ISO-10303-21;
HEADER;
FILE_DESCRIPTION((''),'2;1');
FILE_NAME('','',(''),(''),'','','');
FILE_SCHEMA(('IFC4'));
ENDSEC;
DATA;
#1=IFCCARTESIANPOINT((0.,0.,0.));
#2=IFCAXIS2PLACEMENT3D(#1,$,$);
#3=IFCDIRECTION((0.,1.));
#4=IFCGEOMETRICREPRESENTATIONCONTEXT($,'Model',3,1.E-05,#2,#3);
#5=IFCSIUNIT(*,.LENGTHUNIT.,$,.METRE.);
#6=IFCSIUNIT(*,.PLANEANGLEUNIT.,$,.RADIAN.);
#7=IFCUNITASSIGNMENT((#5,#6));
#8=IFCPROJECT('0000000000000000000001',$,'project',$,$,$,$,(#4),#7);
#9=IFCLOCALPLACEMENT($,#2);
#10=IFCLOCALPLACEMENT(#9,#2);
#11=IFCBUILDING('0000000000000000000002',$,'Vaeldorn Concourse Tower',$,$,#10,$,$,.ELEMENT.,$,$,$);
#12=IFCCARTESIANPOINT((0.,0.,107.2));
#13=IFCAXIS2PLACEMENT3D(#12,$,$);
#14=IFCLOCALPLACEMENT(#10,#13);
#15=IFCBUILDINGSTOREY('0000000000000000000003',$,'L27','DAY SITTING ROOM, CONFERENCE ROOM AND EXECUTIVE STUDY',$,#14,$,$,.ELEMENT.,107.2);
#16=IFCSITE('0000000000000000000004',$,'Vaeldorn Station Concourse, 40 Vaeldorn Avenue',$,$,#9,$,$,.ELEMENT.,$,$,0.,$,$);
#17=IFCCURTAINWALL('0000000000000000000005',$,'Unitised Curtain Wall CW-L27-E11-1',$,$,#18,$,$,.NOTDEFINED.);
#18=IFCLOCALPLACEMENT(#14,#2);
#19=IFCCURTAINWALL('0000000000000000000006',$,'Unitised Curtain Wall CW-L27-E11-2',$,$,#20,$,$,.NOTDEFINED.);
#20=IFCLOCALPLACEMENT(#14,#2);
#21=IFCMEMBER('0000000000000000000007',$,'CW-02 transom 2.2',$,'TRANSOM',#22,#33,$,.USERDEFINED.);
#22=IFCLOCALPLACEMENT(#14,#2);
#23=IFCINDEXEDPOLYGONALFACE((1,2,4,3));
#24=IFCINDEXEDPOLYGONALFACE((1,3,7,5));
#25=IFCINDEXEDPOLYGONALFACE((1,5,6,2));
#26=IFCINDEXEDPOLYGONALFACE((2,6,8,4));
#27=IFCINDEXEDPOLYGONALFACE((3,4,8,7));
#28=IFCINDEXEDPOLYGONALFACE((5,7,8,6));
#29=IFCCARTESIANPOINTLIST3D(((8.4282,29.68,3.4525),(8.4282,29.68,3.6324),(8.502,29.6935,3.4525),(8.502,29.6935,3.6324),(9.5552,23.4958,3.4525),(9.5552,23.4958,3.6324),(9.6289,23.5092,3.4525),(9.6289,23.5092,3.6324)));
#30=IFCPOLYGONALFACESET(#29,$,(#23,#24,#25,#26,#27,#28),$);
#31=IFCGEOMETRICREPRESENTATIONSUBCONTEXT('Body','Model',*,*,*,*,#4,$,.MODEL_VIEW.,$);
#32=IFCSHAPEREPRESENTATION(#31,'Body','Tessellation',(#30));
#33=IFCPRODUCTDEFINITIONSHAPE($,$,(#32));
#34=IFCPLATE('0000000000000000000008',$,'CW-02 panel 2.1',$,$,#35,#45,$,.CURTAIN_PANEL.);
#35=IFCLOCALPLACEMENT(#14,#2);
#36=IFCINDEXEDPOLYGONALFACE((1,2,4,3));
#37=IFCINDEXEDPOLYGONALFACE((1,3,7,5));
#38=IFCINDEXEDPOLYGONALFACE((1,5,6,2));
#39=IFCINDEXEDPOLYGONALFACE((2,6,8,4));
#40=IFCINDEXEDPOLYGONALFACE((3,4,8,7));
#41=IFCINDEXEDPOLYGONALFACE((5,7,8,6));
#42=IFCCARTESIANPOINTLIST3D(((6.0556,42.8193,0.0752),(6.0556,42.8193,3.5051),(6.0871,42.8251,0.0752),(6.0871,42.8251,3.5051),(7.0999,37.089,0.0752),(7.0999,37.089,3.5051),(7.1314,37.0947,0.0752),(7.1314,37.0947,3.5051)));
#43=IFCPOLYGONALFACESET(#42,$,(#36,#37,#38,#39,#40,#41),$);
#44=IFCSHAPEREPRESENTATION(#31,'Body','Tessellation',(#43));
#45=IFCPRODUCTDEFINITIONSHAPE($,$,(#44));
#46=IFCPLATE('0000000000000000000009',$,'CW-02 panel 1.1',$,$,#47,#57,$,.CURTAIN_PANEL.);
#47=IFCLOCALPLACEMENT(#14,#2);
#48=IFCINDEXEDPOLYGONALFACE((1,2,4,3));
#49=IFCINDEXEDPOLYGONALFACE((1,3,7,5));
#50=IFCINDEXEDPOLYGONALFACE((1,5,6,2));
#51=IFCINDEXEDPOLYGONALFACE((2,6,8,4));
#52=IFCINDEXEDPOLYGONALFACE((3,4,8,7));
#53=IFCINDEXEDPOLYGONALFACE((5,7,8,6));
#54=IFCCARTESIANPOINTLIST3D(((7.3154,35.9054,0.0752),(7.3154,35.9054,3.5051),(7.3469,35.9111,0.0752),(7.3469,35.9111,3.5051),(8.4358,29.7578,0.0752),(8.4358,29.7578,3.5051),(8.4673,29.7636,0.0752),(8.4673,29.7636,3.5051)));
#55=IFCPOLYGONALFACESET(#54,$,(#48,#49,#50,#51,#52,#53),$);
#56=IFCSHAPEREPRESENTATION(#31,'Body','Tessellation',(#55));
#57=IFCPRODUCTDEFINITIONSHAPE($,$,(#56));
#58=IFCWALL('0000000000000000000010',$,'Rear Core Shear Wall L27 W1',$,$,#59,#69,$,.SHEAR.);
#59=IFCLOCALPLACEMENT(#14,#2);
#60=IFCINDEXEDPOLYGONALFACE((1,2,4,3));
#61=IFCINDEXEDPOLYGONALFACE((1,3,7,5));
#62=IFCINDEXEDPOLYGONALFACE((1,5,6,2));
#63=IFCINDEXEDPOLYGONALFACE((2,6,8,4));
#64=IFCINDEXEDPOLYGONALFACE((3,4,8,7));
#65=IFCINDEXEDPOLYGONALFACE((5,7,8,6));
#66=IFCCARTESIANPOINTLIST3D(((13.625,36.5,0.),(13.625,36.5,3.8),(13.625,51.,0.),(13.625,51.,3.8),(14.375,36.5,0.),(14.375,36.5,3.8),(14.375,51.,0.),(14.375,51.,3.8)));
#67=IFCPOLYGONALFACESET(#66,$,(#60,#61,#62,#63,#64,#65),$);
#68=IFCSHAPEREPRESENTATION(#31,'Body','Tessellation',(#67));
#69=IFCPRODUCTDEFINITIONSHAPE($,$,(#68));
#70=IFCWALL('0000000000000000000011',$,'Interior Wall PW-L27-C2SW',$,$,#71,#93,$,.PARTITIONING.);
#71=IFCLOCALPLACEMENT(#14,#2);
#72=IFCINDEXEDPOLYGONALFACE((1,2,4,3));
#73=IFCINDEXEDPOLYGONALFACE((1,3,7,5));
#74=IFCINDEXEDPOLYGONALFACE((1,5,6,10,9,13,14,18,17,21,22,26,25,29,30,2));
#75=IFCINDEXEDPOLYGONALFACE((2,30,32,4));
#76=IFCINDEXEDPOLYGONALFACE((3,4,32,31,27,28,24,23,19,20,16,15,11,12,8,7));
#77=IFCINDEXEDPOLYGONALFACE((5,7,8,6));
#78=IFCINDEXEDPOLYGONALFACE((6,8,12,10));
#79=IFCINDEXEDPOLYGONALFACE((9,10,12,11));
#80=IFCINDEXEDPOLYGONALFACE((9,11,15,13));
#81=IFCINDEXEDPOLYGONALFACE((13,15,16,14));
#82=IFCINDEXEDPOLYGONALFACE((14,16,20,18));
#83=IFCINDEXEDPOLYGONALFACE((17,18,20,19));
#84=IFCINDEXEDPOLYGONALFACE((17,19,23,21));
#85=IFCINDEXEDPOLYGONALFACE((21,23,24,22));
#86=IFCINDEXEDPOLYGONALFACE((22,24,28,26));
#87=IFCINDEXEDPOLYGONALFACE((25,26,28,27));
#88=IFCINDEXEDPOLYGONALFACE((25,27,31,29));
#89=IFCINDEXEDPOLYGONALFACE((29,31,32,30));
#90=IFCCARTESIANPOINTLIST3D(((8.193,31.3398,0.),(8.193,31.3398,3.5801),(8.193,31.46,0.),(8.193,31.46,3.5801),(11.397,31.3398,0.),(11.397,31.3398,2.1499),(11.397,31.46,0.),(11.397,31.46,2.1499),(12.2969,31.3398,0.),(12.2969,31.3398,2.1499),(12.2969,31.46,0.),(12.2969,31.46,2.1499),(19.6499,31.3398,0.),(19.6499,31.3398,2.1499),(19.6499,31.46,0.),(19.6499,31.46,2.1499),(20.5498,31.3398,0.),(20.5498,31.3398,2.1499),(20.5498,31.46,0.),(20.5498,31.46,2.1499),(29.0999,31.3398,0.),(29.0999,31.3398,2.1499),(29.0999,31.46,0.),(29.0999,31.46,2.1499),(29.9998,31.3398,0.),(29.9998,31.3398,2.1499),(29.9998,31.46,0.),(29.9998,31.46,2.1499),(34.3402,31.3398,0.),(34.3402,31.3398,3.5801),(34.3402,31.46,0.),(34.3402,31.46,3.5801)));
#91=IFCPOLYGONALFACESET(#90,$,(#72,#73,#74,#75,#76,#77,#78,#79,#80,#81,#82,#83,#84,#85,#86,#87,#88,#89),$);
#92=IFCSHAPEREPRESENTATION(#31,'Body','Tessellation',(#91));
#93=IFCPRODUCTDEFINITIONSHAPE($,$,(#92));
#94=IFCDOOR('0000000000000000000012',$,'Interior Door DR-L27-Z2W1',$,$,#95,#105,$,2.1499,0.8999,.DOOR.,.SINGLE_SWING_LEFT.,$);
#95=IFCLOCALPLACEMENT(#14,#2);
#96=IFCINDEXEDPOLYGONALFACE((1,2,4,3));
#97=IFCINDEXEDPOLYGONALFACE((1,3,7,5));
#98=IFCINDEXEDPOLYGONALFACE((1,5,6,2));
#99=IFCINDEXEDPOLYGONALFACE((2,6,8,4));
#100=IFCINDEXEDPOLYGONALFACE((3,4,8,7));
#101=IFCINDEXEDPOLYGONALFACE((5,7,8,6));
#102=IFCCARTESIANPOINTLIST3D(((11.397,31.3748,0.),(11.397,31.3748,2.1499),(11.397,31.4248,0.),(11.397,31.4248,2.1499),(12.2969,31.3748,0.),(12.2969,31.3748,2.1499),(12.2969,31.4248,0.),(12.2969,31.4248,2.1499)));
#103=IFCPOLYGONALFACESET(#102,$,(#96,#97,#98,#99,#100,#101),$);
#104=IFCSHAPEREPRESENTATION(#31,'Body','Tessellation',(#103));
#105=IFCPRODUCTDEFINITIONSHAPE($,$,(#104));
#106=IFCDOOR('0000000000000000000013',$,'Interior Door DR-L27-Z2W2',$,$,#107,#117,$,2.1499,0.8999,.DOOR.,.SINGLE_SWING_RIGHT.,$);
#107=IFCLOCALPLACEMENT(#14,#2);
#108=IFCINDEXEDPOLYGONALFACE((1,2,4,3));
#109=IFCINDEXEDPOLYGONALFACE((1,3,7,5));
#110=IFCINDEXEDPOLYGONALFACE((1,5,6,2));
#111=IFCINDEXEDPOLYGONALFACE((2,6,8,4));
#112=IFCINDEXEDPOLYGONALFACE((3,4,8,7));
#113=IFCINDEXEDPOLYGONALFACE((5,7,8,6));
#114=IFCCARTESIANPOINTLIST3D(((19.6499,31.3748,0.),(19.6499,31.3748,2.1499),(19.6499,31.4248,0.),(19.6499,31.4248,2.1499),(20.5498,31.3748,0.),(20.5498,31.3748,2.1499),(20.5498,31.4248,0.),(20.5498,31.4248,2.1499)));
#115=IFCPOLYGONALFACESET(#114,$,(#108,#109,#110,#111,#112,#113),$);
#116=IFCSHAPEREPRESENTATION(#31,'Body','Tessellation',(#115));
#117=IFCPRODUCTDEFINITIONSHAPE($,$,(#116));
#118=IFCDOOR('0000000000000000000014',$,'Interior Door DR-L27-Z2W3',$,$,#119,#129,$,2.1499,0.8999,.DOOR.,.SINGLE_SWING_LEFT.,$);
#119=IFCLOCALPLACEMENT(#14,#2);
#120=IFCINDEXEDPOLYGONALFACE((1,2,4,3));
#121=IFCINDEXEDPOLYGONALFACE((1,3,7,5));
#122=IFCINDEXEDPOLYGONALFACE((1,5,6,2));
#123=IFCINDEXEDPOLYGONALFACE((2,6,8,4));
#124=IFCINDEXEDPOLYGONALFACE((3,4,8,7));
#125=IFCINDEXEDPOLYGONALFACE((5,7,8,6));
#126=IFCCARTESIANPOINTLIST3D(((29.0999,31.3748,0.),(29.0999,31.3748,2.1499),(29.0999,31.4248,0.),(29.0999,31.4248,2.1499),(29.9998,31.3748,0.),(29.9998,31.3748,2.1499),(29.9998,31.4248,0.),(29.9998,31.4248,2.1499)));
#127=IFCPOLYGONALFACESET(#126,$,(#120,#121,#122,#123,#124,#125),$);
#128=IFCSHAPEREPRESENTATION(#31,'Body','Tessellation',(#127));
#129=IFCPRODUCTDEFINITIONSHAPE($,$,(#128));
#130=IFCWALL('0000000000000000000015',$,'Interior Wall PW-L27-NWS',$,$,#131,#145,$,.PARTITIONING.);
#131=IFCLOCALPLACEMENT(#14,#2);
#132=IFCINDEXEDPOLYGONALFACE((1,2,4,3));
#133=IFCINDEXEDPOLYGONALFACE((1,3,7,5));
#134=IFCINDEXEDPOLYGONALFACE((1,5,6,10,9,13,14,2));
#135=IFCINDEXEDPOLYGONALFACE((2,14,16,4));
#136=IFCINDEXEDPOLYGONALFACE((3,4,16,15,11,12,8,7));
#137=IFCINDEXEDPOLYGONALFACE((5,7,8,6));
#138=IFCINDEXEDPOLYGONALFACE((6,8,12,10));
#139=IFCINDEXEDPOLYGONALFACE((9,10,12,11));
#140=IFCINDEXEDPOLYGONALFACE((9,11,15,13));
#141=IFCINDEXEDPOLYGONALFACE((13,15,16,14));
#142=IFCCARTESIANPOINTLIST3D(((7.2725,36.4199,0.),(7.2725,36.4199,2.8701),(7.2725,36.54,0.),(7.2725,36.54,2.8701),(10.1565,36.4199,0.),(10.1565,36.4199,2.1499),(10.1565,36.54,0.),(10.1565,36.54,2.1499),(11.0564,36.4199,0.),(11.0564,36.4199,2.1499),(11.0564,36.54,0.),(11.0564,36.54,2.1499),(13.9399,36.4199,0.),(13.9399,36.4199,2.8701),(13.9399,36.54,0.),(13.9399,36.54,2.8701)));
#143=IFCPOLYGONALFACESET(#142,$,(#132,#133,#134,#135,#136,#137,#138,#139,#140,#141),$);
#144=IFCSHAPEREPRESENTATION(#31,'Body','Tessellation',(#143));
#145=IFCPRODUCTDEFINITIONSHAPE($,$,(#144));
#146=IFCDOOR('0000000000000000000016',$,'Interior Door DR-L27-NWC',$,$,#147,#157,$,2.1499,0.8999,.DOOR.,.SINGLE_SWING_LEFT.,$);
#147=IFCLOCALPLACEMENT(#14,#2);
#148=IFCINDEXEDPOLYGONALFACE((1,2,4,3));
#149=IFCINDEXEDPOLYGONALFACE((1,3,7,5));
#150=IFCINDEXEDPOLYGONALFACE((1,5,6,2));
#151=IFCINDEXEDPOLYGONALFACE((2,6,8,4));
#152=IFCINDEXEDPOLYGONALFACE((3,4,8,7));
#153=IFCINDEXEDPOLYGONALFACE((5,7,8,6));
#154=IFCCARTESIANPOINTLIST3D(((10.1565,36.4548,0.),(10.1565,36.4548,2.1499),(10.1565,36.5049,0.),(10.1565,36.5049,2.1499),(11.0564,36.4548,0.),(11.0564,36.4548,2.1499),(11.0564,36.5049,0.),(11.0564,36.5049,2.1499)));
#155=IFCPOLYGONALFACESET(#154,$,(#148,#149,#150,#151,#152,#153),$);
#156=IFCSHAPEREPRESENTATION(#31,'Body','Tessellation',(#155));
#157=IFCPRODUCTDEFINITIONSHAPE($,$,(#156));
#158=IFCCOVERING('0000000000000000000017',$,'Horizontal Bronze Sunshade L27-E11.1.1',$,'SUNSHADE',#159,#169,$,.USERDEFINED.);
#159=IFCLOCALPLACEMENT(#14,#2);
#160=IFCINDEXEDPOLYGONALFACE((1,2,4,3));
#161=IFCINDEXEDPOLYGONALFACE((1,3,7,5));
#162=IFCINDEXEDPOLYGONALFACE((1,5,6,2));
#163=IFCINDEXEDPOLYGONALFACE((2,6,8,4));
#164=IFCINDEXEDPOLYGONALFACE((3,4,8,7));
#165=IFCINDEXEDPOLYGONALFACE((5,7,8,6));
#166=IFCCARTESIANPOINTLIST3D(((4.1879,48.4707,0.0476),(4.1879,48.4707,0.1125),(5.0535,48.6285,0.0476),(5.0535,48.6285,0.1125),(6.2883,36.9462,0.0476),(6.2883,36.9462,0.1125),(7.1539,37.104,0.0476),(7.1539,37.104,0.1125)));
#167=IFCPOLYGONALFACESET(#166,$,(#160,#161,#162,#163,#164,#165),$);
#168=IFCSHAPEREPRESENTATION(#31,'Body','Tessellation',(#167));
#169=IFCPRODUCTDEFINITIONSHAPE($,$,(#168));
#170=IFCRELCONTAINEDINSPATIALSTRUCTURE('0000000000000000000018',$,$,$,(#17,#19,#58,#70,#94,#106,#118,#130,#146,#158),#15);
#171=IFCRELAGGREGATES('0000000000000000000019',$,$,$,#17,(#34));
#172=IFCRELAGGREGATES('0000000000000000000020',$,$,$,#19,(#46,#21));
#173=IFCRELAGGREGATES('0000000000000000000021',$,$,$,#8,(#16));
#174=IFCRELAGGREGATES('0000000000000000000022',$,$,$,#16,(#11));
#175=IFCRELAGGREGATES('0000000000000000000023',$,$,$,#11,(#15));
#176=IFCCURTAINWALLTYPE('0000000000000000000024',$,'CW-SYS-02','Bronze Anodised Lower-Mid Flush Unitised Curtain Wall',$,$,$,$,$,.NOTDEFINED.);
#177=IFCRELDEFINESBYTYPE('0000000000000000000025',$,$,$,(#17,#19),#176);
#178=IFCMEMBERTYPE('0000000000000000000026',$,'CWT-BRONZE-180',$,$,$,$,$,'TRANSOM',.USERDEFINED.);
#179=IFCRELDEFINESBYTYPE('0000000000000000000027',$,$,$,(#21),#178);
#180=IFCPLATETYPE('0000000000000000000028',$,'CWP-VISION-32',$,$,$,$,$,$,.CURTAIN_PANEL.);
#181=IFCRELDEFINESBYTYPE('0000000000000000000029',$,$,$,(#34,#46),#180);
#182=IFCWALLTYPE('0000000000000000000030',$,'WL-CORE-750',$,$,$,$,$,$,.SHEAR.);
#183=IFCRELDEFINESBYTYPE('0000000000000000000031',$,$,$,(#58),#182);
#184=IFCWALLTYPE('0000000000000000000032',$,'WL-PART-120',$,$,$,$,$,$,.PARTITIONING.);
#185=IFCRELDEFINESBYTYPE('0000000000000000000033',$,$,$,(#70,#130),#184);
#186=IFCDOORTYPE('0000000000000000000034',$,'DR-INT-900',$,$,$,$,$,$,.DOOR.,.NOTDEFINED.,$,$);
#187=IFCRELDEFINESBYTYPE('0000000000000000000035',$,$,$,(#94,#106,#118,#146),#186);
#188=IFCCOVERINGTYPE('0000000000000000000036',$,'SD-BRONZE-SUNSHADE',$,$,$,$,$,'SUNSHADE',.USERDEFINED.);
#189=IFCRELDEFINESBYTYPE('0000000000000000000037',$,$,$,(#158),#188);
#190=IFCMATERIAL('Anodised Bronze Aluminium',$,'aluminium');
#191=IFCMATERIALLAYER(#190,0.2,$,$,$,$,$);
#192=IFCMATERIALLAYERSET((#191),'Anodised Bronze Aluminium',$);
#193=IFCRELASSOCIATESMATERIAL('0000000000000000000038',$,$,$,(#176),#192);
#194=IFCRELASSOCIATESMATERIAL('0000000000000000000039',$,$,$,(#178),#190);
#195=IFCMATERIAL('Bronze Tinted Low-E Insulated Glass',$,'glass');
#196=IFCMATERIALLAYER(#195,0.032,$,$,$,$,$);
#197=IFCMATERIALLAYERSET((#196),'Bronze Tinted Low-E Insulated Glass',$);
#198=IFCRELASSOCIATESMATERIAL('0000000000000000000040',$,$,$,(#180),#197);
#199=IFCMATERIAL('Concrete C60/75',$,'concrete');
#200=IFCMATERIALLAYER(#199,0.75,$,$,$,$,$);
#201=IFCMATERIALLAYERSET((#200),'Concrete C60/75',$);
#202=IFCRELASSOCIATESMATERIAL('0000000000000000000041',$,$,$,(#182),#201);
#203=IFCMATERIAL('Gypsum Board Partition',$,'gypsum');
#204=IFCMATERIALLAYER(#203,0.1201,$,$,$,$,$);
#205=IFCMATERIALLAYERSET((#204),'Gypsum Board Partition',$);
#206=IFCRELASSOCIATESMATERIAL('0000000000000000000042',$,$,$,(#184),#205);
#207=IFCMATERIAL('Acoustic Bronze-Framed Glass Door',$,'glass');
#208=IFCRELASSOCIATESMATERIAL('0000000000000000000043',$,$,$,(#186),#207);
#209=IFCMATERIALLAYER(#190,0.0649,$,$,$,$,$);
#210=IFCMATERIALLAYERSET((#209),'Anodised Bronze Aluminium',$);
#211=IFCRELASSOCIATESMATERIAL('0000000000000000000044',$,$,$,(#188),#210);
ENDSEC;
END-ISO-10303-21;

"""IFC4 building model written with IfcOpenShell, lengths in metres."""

from ifc_helpers import new_model, si_unit, direction, frame, frame_2d, origin, origin_2d, place, context, subcontext, project, spatial, rectangle, extrude, source, transform, mapped, material, layer, layer_set, material_profile, profile_set, type_object, element, fill, aggregate, save


model = new_model("IFC4")

# Units and contexts
model_context = context("Model", 3, precision=1e-05, world=origin(), true_north=direction((0.0, 1.0)))
body_context = subcontext(model_context, "Body", "Model", "MODEL_VIEW")
ifc_project = project(units=[si_unit("LENGTHUNIT", "METRE"), si_unit("PLANEANGLEUNIT", "RADIAN")], contexts=[model_context])

# Site, building, storey
site_placement = place(None, origin())
site = spatial("IfcSite", under=ifc_project, at=site_placement, Name="Vaeldorn Station Concourse, 40 Vaeldorn Avenue", CompositionType="ELEMENT", RefElevation=0.0)
building_placement = place(site_placement, origin())
building = spatial("IfcBuilding", under=site, at=building_placement, Name="Vaeldorn Concourse Tower", CompositionType="ELEMENT")
storey_placement = place(building_placement, frame((0.0, 0.0, 107.2)))
storey = spatial("IfcBuildingStorey", under=building, at=storey_placement, Name="L27", Description="DAY SITTING ROOM, CONFERENCE ROOM AND EXECUTIVE STUDY", CompositionType="ELEMENT", Elevation=107.2)

# Shared definitions
ifc_material_1 = material(Name="Concrete C60/75", Category="concrete")

# Curtain wall
ifc_material_2 = material(Name="Anodised Bronze Aluminium", Category="aluminium")
ifc_layer_1 = layer(ifc_material_2, 0.2)
ifc_layer_set_1 = layer_set([ifc_layer_1], Name="Anodised Bronze Aluminium")
curtain_wall_type = type_object("IfcCurtainWallType", Name="CW-SYS-02", Description="Bronze Anodised Lower-Mid Flush Unitised Curtain Wall", PredefinedType="NOTDEFINED", material=ifc_layer_set_1)
curtain_wall_1_placement = place(storey_placement, origin())
curtain_wall_1 = element("IfcCurtainWall", 1, at=curtain_wall_1_placement, inside=storey, type_object=curtain_wall_type, Name="Unitised Curtain Wall CW-L27-E11-1", PredefinedType="NOTDEFINED")

# Curtain wall, member
curtain_wall_2_placement = place(storey_placement, origin())
curtain_wall_2 = element("IfcCurtainWall", 2, at=curtain_wall_2_placement, inside=storey, type_object=curtain_wall_type, Name="Unitised Curtain Wall CW-L27-E11-2", PredefinedType="NOTDEFINED")
ifc_material_profile_1 = material_profile(ifc_material_2, rectangle(XDim=0.075, YDim=0.1799, at=origin_2d()), Name="CWT 75x180")
ifc_profile_set_1 = profile_set([ifc_material_profile_1], Name="Anodised Bronze Aluminium")
member_type_1 = type_object("IfcMemberType", Name="CWT-BRONZE-180", ElementType="TRANSOM", PredefinedType="USERDEFINED", material=ifc_profile_set_1)
shared_shape_1 = source(origin(), body_context, "Body", "SweptSolid", [
    extrude(rectangle(XDim=0.075, YDim=0.1799, at=origin_2d()), origin(), (0.0, 0.0, 1.0), 6.2861),
])
member_1_placement = place(storey_placement, frame((8.4651, 29.6868, 3.5425), z_axis=(0.179275, -0.983799, 0.0), x_axis=(0.983799, 0.179275, 0.0)))
member_1 = element("IfcMember", 3, at=member_1_placement, type_object=member_type_1, Name="CW-02 transom 2.2", ObjectType="TRANSOM", PredefinedType="USERDEFINED", context=body_context, shape_type="MappedRepresentation", body=[
    mapped(shared_shape_1, transform((0.0, 0.0, 0.0), scale=1.0)),
])

# Plates
ifc_material_3 = material(Name="Bronze Tinted Low-E Insulated Glass", Category="glass")
ifc_layer_2 = layer(ifc_material_3, 0.032)
ifc_layer_set_2 = layer_set([ifc_layer_2], Name="Bronze Tinted Low-E Insulated Glass")
plate_type = type_object("IfcPlateType", Name="CWP-VISION-32", PredefinedType="CURTAIN_PANEL", material=ifc_layer_set_2)
shared_shape_2 = source(origin(), body_context, "Body", "SweptSolid", [
    extrude(rectangle(XDim=5.8247, YDim=0.032, at=origin_2d()), origin(), (0.0, 0.0, 1.0), 3.4299),
])
plate_1_placement = place(storey_placement, frame((6.5935, 39.957, 0.0752), z_axis=(0.0, 0.0, 1.0), x_axis=(0.179293, -0.983796, 0.0)))
plate_1 = element("IfcPlate", 4, at=plate_1_placement, type_object=plate_type, Name="CW-02 panel 2.1", PredefinedType="CURTAIN_PANEL", context=body_context, shape_type="MappedRepresentation", body=[
    mapped(shared_shape_2, transform((0.0, 0.0, 0.0), scale=1.0)),
])
aggregate(curtain_wall_1, [plate_1])
shared_shape_3 = source(origin(), body_context, "Body", "SweptSolid", [
    extrude(rectangle(XDim=6.2488, YDim=0.032, at=origin_2d()), origin(), (0.0, 0.0, 1.0), 3.4299),
])
plate_2_placement = place(storey_placement, frame((7.8914, 32.8345, 0.0752), z_axis=(0.0, 0.0, 1.0), x_axis=(0.179293, -0.983796, 0.0)))
plate_2 = element("IfcPlate", 5, at=plate_2_placement, type_object=plate_type, Name="CW-02 panel 1.1", PredefinedType="CURTAIN_PANEL", context=body_context, shape_type="MappedRepresentation", body=[
    mapped(shared_shape_3, transform((0.0, 0.0, 0.0), scale=1.0)),
])
aggregate(curtain_wall_2, [plate_2, member_1])

# Wall
ifc_layer_3 = layer(ifc_material_1, 0.75)
ifc_layer_set_3 = layer_set([ifc_layer_3], Name="Concrete C60/75")
wall_type_1 = type_object("IfcWallType", Name="WL-CORE-750", PredefinedType="SHEAR", material=ifc_layer_set_3)
wall_1_placement = place(storey_placement, frame((14.0, 36.5, 0.0), z_axis=(0.0, 0.0, 1.0), x_axis=(0.0, 1.0, 0.0)))
element("IfcWall", 6, at=wall_1_placement, inside=storey, type_object=wall_type_1, Name="Rear Core Shear Wall L27 W1", PredefinedType="SHEAR", context=body_context, shape_type="SweptSolid", body=[
    extrude(rectangle(XDim=14.5, YDim=0.75, at=frame_2d((7.25, 0.0))), origin(), (0.0, 0.0, 1.0), 3.8),
])

# Wall, openings, doors
ifc_material_4 = material(Name="Gypsum Board Partition", Category="gypsum")
ifc_layer_4 = layer(ifc_material_4, 0.1201)
ifc_layer_set_4 = layer_set([ifc_layer_4], Name="Gypsum Board Partition")
wall_type_2 = type_object("IfcWallType", Name="WL-PART-120", PredefinedType="PARTITIONING", material=ifc_layer_set_4)
wall_2_placement = place(storey_placement, frame((8.1929, 31.3999, 0.0), z_axis=(0.0, 0.0, 1.0), x_axis=(1.0, 0.0, 0.0)))
wall_2 = element("IfcWall", 7, at=wall_2_placement, inside=storey, type_object=wall_type_2, Name="Interior Wall PW-L27-C2SW", PredefinedType="PARTITIONING", context=body_context, shape_type="SweptSolid", body=[
    extrude(rectangle(XDim=26.1472, YDim=0.1201, at=frame_2d((13.0737, 0.0))), origin(), (0.0, 0.0, 1.0), 3.5801),
])
opening_1_placement = place(wall_2_placement, frame((3.2041, 0.0, 0.0)))
opening_1 = element("IfcOpeningElement", 8, at=opening_1_placement, cuts=wall_2, PredefinedType="OPENING", context=body_context, shape_type="SweptSolid", body=[
    extrude(rectangle(XDim=0.8999, YDim=2.1499, at=frame_2d((0.45, 1.075))), frame((0.0, 0.0701, 0.0), z_axis=(0.0, -1.0, 0.0), x_axis=(1.0, 0.0, 0.0)), (0.0, 0.0, 1.0), 0.1401),
])
opening_2_placement = place(wall_2_placement, frame((11.457, 0.0, 0.0)))
opening_2 = element("IfcOpeningElement", 9, at=opening_2_placement, cuts=wall_2, PredefinedType="OPENING", context=body_context, shape_type="SweptSolid", body=[
    extrude(rectangle(XDim=0.8999, YDim=2.1499, at=frame_2d((0.45, 1.075))), frame((0.0, 0.0701, 0.0), z_axis=(0.0, -1.0, 0.0), x_axis=(1.0, 0.0, 0.0)), (0.0, 0.0, 1.0), 0.1401),
])
opening_3_placement = place(wall_2_placement, frame((20.907, 0.0, 0.0)))
opening_3 = element("IfcOpeningElement", 10, at=opening_3_placement, cuts=wall_2, PredefinedType="OPENING", context=body_context, shape_type="SweptSolid", body=[
    extrude(rectangle(XDim=0.8999, YDim=2.1499, at=frame_2d((0.45, 1.075))), frame((0.0, 0.0701, 0.0), z_axis=(0.0, -1.0, 0.0), x_axis=(1.0, 0.0, 0.0)), (0.0, 0.0, 1.0), 0.1401),
])
ifc_material_5 = material(Name="Acoustic Bronze-Framed Glass Door", Category="glass")
door_type = type_object("IfcDoorType", Name="DR-INT-900", OperationType="NOTDEFINED", PredefinedType="DOOR", material=ifc_material_5)
shared_shape_4 = source(origin(), body_context, "Body", "SweptSolid", [
    extrude(rectangle(XDim=0.8999, YDim=2.1499, at=frame_2d((0.45, 1.075))), frame((0.0, 0.0249, 0.0), z_axis=(0.0, -1.0, 0.0), x_axis=(1.0, 0.0, 0.0)), (0.0, 0.0, 1.0), 0.05),
])
door_1_placement = place(opening_1_placement, origin())
door_1 = element("IfcDoor", 11, at=door_1_placement, inside=storey, type_object=door_type, Name="Interior Door DR-L27-Z2W1", OperationType="SINGLE_SWING_LEFT", OverallHeight=2.1499, OverallWidth=0.8999, PredefinedType="DOOR", context=body_context, shape_type="MappedRepresentation", body=[
    mapped(shared_shape_4, transform((0.0, 0.0, 0.0), scale=1.0)),
])
fill(opening_1, door_1)
door_2_placement = place(opening_2_placement, origin())
door_2 = element("IfcDoor", 12, at=door_2_placement, inside=storey, type_object=door_type, Name="Interior Door DR-L27-Z2W2", OperationType="SINGLE_SWING_RIGHT", OverallHeight=2.1499, OverallWidth=0.8999, PredefinedType="DOOR", context=body_context, shape_type="MappedRepresentation", body=[
    mapped(shared_shape_4, transform((0.0, 0.0, 0.0), scale=1.0)),
])
fill(opening_2, door_2)
door_3_placement = place(opening_3_placement, origin())
door_3 = element("IfcDoor", 13, at=door_3_placement, inside=storey, type_object=door_type, Name="Interior Door DR-L27-Z2W3", OperationType="SINGLE_SWING_LEFT", OverallHeight=2.1499, OverallWidth=0.8999, PredefinedType="DOOR", context=body_context, shape_type="MappedRepresentation", body=[
    mapped(shared_shape_4, transform((0.0, 0.0, 0.0), scale=1.0)),
])
fill(opening_3, door_3)

# Wall, opening, door
wall_3_placement = place(storey_placement, frame((7.2725, 36.48, 0.0), z_axis=(0.0, 0.0, 1.0), x_axis=(1.0, 0.0, 0.0)))
wall_3 = element("IfcWall", 14, at=wall_3_placement, inside=storey, type_object=wall_type_2, Name="Interior Wall PW-L27-NWS", PredefinedType="PARTITIONING", context=body_context, shape_type="SweptSolid", body=[
    extrude(rectangle(XDim=6.6675, YDim=0.1201, at=frame_2d((3.3337, 0.0))), origin(), (0.0, 0.0, 1.0), 2.8701),
])
opening_4_placement = place(wall_3_placement, frame((2.884, 0.0, 0.0)))
opening_4 = element("IfcOpeningElement", 15, at=opening_4_placement, cuts=wall_3, PredefinedType="OPENING", context=body_context, shape_type="SweptSolid", body=[
    extrude(rectangle(XDim=0.8999, YDim=2.1499, at=frame_2d((0.45, 1.075))), frame((0.0, 0.0701, 0.0), z_axis=(0.0, -1.0, 0.0), x_axis=(1.0, 0.0, 0.0)), (0.0, 0.0, 1.0), 0.1401),
])
door_4_placement = place(opening_4_placement, origin())
door_4 = element("IfcDoor", 16, at=door_4_placement, inside=storey, type_object=door_type, Name="Interior Door DR-L27-NWC", OperationType="SINGLE_SWING_LEFT", OverallHeight=2.1499, OverallWidth=0.8999, PredefinedType="DOOR", context=body_context, shape_type="MappedRepresentation", body=[
    mapped(shared_shape_4, transform((0.0, 0.0, 0.0), scale=1.0)),
])
fill(opening_4, door_4)

# Covering
ifc_layer_5 = layer(ifc_material_2, 0.0649)
ifc_layer_set_5 = layer_set([ifc_layer_5], Name="Anodised Bronze Aluminium")
covering_type = type_object("IfcCoveringType", Name="SD-BRONZE-SUNSHADE", ElementType="SUNSHADE", PredefinedType="USERDEFINED", material=ifc_layer_set_5)
shared_shape_5 = source(origin(), body_context, "Body", "SweptSolid", [
    extrude(rectangle(XDim=11.7144, YDim=0.8799, at=origin_2d()), origin(), (0.0, 0.0, 1.0), 0.0649),
])
covering_placement = place(storey_placement, frame((5.6709, 42.7874, 0.0476), z_axis=(0.0, 0.0, 1.0), x_axis=(0.1793, -0.983794, 0.0)))
element("IfcCovering", 17, at=covering_placement, inside=storey, type_object=covering_type, Name="Horizontal Bronze Sunshade L27-E11.1.1", ObjectType="SUNSHADE", PredefinedType="USERDEFINED", context=body_context, shape_type="MappedRepresentation", body=[
    mapped(shared_shape_5, transform((0.0, 0.0, 0.0), scale=1.0)),
])

save(model, "model.ifc")
